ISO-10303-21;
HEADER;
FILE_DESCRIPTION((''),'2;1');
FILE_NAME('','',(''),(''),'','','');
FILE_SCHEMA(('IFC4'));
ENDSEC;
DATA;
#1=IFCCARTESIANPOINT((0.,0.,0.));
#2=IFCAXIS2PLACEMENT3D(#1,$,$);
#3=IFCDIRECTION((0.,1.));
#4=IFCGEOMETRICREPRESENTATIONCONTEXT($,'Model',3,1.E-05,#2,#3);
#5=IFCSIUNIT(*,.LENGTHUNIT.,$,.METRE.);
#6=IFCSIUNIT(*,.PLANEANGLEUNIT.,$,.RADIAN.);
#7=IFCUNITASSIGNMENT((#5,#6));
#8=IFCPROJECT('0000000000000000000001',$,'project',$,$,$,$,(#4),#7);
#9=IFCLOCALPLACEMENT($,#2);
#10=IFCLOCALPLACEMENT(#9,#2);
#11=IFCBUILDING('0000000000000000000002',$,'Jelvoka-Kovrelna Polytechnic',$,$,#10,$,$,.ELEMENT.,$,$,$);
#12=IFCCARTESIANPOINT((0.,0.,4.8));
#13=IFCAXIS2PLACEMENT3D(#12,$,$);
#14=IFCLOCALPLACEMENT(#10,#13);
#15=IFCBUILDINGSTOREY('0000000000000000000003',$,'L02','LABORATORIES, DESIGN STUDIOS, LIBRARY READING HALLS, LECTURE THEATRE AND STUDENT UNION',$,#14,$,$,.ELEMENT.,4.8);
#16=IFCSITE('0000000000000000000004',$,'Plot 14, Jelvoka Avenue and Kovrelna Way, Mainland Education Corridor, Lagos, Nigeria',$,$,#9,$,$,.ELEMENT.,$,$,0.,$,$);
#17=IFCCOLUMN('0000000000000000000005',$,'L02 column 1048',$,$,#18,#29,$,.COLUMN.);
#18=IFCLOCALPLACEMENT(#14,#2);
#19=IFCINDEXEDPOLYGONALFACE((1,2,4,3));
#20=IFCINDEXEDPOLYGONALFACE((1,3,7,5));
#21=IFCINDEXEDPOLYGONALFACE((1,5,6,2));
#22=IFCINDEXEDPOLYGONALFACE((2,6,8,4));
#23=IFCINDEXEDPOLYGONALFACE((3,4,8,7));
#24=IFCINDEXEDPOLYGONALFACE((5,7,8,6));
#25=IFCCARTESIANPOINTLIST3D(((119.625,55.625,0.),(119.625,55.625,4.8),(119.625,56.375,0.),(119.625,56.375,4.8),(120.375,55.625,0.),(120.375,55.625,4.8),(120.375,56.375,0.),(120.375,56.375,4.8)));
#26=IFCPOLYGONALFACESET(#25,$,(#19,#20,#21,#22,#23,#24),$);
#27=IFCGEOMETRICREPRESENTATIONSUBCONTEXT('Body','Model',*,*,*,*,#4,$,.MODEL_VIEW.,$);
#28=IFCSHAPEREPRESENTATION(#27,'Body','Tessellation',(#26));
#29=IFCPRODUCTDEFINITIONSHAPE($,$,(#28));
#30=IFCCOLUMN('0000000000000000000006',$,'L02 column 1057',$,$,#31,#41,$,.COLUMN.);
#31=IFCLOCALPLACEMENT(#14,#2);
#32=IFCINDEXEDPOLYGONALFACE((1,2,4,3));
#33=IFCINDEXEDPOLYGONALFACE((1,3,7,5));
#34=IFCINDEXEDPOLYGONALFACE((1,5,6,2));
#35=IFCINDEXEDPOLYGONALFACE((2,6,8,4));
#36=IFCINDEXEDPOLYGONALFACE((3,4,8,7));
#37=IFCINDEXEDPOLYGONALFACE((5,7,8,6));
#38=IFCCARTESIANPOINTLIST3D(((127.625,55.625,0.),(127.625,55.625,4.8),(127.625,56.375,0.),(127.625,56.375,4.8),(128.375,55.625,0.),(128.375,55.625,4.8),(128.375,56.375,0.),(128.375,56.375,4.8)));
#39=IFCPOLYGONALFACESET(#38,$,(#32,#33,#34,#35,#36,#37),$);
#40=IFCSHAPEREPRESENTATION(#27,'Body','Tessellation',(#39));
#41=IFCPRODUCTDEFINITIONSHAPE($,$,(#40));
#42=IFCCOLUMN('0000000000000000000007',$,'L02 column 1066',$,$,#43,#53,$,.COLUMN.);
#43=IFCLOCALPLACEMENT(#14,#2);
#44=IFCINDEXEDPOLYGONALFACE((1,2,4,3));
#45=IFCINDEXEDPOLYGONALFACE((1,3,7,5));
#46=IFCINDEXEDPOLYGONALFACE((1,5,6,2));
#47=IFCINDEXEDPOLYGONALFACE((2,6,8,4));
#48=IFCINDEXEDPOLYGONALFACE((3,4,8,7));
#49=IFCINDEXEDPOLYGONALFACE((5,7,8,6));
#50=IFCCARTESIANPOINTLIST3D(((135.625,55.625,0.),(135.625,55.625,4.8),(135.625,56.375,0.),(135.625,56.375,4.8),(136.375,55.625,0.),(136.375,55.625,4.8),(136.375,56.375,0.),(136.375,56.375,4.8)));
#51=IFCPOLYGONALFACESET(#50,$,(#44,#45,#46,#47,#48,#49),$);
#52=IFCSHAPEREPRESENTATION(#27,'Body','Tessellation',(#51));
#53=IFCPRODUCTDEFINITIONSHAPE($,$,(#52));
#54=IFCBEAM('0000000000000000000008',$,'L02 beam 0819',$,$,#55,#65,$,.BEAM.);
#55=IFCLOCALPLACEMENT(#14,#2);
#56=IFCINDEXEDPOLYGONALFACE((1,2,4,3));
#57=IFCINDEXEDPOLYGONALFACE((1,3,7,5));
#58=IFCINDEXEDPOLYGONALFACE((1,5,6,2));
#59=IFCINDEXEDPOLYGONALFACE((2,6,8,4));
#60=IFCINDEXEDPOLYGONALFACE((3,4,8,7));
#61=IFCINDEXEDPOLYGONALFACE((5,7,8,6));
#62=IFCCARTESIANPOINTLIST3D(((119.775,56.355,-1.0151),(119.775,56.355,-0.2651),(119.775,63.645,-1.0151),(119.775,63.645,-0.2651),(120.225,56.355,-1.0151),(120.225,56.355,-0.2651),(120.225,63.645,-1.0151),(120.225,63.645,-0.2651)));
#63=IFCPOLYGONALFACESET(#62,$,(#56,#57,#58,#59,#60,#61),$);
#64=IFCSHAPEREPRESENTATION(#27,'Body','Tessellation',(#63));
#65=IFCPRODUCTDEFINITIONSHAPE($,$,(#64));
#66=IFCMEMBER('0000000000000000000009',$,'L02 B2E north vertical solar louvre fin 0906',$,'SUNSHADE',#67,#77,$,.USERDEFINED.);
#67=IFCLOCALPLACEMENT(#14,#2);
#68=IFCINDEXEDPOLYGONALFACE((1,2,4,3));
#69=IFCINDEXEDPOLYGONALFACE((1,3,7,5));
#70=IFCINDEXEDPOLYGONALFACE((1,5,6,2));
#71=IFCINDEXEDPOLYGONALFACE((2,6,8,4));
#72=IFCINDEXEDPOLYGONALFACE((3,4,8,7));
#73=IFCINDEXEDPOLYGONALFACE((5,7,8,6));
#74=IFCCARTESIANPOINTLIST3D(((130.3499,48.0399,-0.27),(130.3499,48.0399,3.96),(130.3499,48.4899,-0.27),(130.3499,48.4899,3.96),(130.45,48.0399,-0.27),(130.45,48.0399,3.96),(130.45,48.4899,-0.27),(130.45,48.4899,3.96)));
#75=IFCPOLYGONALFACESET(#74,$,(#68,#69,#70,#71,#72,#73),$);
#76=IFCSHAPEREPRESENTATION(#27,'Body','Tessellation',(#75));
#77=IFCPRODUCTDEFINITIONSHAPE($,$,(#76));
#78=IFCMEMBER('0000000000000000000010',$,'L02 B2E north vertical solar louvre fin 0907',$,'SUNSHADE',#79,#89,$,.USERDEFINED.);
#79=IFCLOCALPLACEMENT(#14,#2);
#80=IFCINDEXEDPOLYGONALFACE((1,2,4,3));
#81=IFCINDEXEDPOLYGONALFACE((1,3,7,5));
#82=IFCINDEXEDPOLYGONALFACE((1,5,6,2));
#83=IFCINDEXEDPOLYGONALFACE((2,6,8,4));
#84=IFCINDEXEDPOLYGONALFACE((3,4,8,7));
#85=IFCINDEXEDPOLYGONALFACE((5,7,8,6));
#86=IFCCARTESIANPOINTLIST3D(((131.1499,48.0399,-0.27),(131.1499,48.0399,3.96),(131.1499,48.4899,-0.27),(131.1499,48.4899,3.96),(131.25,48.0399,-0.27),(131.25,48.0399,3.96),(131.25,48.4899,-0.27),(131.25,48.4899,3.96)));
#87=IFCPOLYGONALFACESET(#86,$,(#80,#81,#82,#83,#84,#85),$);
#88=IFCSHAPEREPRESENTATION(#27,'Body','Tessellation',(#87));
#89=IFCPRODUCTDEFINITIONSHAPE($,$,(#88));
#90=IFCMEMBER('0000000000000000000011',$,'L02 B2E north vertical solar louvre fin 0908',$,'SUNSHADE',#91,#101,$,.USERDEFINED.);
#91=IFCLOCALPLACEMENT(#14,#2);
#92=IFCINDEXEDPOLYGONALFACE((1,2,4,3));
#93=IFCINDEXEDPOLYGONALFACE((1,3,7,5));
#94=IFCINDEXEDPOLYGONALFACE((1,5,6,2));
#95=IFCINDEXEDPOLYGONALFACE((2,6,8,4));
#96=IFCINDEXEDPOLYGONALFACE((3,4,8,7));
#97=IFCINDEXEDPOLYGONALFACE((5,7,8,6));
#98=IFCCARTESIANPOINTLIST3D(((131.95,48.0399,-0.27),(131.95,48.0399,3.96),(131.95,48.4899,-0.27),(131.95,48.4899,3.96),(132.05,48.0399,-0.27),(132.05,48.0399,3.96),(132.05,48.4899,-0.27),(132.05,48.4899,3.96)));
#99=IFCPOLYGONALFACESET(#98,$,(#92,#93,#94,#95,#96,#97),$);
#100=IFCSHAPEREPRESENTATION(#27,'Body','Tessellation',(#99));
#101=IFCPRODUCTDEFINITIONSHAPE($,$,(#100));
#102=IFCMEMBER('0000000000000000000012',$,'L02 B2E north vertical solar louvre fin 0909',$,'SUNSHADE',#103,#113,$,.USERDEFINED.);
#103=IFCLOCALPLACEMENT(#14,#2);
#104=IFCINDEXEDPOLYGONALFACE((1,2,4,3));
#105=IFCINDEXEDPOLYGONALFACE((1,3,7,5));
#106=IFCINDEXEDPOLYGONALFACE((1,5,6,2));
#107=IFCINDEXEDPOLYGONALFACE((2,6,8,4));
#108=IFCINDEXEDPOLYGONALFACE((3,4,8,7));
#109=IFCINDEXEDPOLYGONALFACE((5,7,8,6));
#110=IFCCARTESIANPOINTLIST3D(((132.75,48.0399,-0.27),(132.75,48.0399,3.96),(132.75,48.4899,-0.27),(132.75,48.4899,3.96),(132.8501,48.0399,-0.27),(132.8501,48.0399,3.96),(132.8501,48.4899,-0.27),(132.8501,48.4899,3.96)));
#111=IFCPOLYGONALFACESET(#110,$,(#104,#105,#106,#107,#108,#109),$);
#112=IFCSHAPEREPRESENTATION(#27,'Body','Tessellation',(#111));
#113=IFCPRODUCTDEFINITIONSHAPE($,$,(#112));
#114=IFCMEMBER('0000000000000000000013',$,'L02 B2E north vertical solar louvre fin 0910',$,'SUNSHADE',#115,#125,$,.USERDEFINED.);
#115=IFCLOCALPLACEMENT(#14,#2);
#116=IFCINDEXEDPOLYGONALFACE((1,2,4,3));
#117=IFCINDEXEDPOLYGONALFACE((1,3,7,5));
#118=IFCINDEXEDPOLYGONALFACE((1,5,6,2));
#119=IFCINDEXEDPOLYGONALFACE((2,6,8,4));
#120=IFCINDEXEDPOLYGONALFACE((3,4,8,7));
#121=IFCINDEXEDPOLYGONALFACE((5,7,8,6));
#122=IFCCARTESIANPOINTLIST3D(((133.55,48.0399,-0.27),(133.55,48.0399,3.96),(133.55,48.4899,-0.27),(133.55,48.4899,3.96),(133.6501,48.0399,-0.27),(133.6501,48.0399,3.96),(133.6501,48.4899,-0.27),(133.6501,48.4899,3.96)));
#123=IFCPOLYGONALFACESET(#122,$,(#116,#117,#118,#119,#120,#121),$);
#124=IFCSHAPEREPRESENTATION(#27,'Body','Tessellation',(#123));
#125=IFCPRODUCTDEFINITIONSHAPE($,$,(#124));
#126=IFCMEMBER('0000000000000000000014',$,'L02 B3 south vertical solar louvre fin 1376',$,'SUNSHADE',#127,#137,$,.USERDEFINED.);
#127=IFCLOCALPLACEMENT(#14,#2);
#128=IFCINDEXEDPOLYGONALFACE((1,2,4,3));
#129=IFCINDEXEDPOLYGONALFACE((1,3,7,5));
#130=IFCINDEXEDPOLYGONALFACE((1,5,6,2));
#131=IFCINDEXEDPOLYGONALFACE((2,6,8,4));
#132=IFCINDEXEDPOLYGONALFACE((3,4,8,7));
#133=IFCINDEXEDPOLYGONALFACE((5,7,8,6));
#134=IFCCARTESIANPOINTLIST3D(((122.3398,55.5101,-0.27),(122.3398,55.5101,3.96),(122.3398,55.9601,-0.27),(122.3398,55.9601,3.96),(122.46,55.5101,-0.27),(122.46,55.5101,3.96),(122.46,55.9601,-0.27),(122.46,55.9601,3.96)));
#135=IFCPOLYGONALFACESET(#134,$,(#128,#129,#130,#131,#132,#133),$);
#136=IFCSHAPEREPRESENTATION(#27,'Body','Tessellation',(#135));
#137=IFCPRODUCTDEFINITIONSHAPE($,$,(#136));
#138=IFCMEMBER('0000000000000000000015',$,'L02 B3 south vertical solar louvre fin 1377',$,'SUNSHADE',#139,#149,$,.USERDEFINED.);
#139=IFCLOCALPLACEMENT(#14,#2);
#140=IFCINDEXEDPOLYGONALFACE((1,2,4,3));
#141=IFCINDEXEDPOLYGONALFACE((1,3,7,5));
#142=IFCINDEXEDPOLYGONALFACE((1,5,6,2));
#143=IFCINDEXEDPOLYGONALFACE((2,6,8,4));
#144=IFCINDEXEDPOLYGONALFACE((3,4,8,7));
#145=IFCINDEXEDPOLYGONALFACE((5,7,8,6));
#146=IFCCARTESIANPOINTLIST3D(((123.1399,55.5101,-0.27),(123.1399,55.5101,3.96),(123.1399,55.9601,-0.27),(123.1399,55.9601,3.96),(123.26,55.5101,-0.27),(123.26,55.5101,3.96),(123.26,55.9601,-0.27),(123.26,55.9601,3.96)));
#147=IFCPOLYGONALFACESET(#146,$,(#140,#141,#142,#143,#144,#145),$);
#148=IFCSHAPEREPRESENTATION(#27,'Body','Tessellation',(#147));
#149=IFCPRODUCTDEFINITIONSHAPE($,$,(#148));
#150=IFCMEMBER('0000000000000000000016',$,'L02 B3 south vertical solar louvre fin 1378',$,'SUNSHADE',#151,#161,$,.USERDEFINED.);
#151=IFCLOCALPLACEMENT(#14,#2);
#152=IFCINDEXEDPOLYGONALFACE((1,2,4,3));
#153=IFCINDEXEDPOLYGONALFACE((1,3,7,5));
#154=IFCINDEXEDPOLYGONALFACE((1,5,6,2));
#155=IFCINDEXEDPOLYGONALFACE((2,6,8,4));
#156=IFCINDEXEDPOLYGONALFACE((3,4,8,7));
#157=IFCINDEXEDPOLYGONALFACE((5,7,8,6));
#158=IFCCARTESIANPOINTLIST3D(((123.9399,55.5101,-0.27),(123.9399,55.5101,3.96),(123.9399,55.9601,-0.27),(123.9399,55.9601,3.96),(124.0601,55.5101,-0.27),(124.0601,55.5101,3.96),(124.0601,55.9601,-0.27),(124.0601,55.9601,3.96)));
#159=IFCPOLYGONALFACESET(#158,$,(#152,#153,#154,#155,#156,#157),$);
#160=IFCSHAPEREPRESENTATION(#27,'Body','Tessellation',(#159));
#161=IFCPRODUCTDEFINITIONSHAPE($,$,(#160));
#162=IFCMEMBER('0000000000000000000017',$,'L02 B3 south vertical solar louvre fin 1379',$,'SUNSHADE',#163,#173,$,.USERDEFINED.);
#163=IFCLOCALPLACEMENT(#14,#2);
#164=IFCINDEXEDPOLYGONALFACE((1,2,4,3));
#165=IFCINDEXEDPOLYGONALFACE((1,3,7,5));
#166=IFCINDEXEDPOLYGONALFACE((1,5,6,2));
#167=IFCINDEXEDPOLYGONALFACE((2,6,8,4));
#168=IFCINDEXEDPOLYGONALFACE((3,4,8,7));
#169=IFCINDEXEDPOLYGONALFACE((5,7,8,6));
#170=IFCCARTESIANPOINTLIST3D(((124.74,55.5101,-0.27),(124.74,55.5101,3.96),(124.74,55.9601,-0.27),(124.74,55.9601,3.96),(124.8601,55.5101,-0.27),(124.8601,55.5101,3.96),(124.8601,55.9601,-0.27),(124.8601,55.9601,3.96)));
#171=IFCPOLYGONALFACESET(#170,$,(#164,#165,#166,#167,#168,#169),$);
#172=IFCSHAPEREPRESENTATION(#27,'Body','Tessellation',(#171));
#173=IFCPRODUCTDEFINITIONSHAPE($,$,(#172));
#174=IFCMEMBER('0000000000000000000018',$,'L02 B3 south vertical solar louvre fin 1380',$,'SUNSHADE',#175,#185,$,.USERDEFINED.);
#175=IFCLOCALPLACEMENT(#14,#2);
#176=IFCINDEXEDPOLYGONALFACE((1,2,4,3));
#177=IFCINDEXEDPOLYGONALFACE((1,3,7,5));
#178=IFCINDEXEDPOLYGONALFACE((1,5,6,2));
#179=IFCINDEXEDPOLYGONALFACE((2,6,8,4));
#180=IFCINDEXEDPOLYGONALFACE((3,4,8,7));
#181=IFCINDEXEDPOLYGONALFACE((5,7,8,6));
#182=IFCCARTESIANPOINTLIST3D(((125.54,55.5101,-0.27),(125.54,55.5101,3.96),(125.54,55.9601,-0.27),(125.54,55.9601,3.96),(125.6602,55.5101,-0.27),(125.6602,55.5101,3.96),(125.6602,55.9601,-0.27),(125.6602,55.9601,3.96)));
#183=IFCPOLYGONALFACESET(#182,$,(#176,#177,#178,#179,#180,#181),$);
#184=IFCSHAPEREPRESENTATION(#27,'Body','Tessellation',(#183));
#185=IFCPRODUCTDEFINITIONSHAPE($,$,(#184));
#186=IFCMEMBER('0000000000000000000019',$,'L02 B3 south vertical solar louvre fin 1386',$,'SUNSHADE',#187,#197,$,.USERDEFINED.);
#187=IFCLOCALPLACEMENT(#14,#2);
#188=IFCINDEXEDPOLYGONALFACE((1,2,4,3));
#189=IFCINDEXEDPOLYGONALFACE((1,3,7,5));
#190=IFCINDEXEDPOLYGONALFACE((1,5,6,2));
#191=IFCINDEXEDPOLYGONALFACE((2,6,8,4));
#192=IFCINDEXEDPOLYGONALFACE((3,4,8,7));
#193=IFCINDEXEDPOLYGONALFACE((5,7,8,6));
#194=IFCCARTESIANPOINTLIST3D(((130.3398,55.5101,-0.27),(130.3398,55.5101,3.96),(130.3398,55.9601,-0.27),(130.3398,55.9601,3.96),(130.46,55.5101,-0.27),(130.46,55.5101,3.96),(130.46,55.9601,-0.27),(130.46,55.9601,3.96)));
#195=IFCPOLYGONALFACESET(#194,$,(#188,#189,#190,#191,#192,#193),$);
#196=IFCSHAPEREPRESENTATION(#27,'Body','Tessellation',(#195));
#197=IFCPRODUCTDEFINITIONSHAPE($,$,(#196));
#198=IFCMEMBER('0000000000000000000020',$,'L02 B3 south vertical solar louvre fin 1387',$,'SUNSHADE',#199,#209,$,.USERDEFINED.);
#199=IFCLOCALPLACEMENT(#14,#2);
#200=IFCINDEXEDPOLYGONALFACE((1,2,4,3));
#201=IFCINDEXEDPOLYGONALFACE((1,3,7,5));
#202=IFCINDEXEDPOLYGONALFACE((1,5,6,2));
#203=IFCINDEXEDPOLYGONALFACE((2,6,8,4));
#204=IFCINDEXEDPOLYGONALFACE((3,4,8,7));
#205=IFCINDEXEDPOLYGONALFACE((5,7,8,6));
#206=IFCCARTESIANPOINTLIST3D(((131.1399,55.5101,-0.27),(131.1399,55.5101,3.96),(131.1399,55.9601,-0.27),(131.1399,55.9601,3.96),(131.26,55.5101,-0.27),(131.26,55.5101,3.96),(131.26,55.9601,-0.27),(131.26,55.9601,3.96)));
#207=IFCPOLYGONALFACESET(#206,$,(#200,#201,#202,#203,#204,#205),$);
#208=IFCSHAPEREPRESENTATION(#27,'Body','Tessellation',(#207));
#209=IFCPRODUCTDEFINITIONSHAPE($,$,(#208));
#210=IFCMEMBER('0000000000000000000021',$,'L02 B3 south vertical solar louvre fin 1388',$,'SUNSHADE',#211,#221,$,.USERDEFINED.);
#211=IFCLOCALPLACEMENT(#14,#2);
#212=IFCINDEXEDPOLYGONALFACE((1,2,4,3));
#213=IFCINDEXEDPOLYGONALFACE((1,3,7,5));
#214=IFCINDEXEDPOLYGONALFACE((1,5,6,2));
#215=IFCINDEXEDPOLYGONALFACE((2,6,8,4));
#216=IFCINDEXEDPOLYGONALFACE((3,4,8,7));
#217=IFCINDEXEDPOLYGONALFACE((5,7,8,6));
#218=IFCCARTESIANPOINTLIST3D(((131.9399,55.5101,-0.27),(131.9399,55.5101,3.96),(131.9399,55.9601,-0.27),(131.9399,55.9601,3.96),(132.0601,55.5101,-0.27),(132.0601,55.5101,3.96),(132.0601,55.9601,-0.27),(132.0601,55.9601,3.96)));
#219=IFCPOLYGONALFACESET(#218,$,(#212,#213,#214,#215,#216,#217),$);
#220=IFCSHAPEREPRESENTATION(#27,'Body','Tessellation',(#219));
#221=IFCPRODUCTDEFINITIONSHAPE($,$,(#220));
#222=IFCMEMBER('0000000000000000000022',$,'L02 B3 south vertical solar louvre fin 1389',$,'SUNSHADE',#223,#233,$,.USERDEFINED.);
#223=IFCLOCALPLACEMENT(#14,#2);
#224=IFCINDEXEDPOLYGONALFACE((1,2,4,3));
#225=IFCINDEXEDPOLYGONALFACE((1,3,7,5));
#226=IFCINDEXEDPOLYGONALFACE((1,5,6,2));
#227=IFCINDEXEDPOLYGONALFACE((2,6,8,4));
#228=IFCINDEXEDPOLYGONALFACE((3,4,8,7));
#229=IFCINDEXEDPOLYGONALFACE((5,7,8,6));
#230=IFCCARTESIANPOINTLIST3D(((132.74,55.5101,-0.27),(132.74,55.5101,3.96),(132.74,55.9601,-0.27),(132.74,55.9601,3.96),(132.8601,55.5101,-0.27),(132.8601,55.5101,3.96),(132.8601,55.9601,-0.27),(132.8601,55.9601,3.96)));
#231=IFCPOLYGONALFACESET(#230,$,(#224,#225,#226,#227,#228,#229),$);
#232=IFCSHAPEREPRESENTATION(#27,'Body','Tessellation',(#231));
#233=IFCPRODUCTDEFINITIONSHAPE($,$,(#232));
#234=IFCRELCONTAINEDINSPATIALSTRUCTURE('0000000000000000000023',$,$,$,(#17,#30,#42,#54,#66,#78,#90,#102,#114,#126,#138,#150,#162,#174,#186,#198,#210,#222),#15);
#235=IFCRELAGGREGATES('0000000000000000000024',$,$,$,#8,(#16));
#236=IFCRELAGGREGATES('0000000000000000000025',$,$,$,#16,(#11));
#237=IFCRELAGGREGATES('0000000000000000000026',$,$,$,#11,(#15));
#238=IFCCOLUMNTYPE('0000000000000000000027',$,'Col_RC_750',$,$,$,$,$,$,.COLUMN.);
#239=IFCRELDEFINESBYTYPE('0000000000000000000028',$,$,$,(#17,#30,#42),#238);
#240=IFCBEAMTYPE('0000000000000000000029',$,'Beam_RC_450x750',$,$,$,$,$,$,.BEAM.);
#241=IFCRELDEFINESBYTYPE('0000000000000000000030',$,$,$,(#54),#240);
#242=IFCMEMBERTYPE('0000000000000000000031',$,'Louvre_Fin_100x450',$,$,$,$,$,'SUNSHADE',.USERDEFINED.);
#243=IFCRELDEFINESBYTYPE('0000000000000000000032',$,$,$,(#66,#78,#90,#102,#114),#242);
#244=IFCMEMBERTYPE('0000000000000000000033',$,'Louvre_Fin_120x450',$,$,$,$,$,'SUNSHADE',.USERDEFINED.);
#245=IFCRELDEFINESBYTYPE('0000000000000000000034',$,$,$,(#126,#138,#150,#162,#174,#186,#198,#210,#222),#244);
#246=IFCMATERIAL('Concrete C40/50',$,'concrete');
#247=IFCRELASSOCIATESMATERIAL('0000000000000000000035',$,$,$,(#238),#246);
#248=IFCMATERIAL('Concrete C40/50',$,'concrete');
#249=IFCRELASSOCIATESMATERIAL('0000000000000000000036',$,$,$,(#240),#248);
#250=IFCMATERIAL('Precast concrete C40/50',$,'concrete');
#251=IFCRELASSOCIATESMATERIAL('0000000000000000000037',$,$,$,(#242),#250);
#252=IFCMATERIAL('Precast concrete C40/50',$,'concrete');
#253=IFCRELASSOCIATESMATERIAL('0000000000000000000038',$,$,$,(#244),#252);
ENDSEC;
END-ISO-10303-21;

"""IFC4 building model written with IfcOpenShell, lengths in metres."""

from ifc_helpers import new_model, si_unit, direction, frame, origin, origin_2d, place, context, subcontext, project, spatial, rectangle, extrude, material, material_profile, profile_set, type_object, element, save


model = new_model("IFC4")

# Units and contexts
model_context = context("Model", 3, precision=1e-05, world=origin(), true_north=direction((0.0, 1.0)))
body_context = subcontext(model_context, "Body", "Model", "MODEL_VIEW")
ifc_project = project(units=[si_unit("LENGTHUNIT", "METRE"), si_unit("PLANEANGLEUNIT", "RADIAN")], contexts=[model_context])

# Site, building, storey
site_placement = place(None, origin())
site = spatial("IfcSite", under=ifc_project, at=site_placement, Name="Plot 14, Jelvoka Avenue and Kovrelna Way, Mainland Education Corridor, Lagos, Nigeria", CompositionType="ELEMENT", RefElevation=0.0)
building_placement = place(site_placement, origin())
building = spatial("IfcBuilding", under=site, at=building_placement, Name="Jelvoka-Kovrelna Polytechnic", CompositionType="ELEMENT")
storey_placement = place(building_placement, frame((0.0, 0.0, 4.8)))
storey = spatial("IfcBuildingStorey", under=building, at=storey_placement, Name="L02", Description="LABORATORIES, DESIGN STUDIOS, LIBRARY READING HALLS, LECTURE THEATRE AND STUDENT UNION", CompositionType="ELEMENT", Elevation=4.8)

# Columns
ifc_material_1 = material(Name="Concrete C40/50", Category="concrete")
ifc_material_profile_1 = material_profile(ifc_material_1, rectangle(XDim=0.75, YDim=0.75, at=origin_2d()), Name="RC 750x750")
ifc_profile_set_1 = profile_set([ifc_material_profile_1], Name="Concrete C40/50")
column_type = type_object("IfcColumnType", Name="Col_RC_750", PredefinedType="COLUMN", material=ifc_profile_set_1)
for number, where, z_axis, x_axis, name in (
    (1, (120.0, 56.0, 0.0), (0.0, 0.0, 1.0), (1.0, 0.0, 0.0), "L02 column 1048"),
    (2, (128.0, 56.0, 0.0), (0.0, 0.0, 1.0), (1.0, 0.0, 0.0), "L02 column 1057"),
    (3, (136.0, 56.0, 0.0), (0.0, 0.0, 1.0), (1.0, 0.0, 0.0), "L02 column 1066"),
):
    element("IfcColumn", number, at=place(storey_placement, frame(where, z_axis=z_axis, x_axis=x_axis)), inside=storey, type_object=column_type, Name=name, PredefinedType="COLUMN", context=body_context, shape_type="SweptSolid", body=[
        extrude(rectangle(XDim=0.75, YDim=0.75, at=origin_2d()), origin(), (0.0, 0.0, 1.0), 4.8),
    ])

# Beam
ifc_material_2 = material(Name="Concrete C40/50", Category="concrete")
ifc_material_profile_2 = material_profile(ifc_material_2, rectangle(XDim=0.45, YDim=0.75, at=origin_2d()), Name="RC 450x750")
ifc_profile_set_2 = profile_set([ifc_material_profile_2], Name="Concrete C40/50")
beam_type_1 = type_object("IfcBeamType", Name="Beam_RC_450x750", PredefinedType="BEAM", material=ifc_profile_set_2)
beam_placement = place(storey_placement, frame((120.0, 56.355, -0.6401), z_axis=(0.0, 1.0, 0.0), x_axis=(-1.0, 0.0, 0.0)))
element("IfcBeam", 4, at=beam_placement, inside=storey, type_object=beam_type_1, Name="L02 beam 0819", PredefinedType="BEAM", context=body_context, shape_type="SweptSolid", body=[
    extrude(rectangle(XDim=0.45, YDim=0.75, at=origin_2d()), origin(), (0.0, 0.0, 1.0), 7.29),
])

# Members
ifc_material_3 = material(Name="Precast concrete C40/50", Category="concrete")
ifc_material_profile_3 = material_profile(ifc_material_3, rectangle(XDim=0.1001, YDim=0.45, at=origin_2d()), Name="PC 100x450")
ifc_profile_set_3 = profile_set([ifc_material_profile_3], Name="Precast concrete C40/50")
member_type_1 = type_object("IfcMemberType", Name="Louvre_Fin_100x450", ElementType="SUNSHADE", PredefinedType="USERDEFINED", material=ifc_profile_set_3)
for number, where, z_axis, x_axis, name in (
    (5, (130.3999, 48.2649, -0.27), (0.0, 0.0, 1.0), (1.0, 0.0, 0.0), "L02 B2E north vertical solar louvre fin 0906"),
    (6, (131.2, 48.2649, -0.27), (0.0, 0.0, 1.0), (1.0, 0.0, 0.0), "L02 B2E north vertical solar louvre fin 0907"),
    (7, (132.0, 48.2649, -0.27), (0.0, 0.0, 1.0), (1.0, 0.0, 0.0), "L02 B2E north vertical solar louvre fin 0908"),
    (8, (132.8, 48.2649, -0.27), (0.0, 0.0, 1.0), (1.0, 0.0, 0.0), "L02 B2E north vertical solar louvre fin 0909"),
    (9, (133.6001, 48.2649, -0.27), (0.0, 0.0, 1.0), (1.0, 0.0, 0.0), "L02 B2E north vertical solar louvre fin 0910"),
):
    element("IfcMember", number, at=place(storey_placement, frame(where, z_axis=z_axis, x_axis=x_axis)), inside=storey, type_object=member_type_1, Name=name, ObjectType="SUNSHADE", PredefinedType="USERDEFINED", context=body_context, shape_type="SweptSolid", body=[
        extrude(rectangle(XDim=0.1001, YDim=0.45, at=origin_2d()), origin(), (0.0, 0.0, 1.0), 4.23),
    ])
ifc_material_4 = material(Name="Precast concrete C40/50", Category="concrete")
ifc_material_profile_4 = material_profile(ifc_material_4, rectangle(XDim=0.1201, YDim=0.45, at=origin_2d()), Name="PC 120x450")
ifc_profile_set_4 = profile_set([ifc_material_profile_4], Name="Precast concrete C40/50")
member_type_2 = type_object("IfcMemberType", Name="Louvre_Fin_120x450", ElementType="SUNSHADE", PredefinedType="USERDEFINED", material=ifc_profile_set_4)
for number, where, z_axis, x_axis, name in (
    (10, (122.3999, 55.7351, -0.27), (0.0, 0.0, 1.0), (1.0, 0.0, 0.0), "L02 B3 south vertical solar louvre fin 1376"),
    (11, (123.2, 55.7351, -0.27), (0.0, 0.0, 1.0), (1.0, 0.0, 0.0), "L02 B3 south vertical solar louvre fin 1377"),
    (12, (124.0, 55.7351, -0.27), (0.0, 0.0, 1.0), (1.0, 0.0, 0.0), "L02 B3 south vertical solar louvre fin 1378"),
    (13, (124.8, 55.7351, -0.27), (0.0, 0.0, 1.0), (1.0, 0.0, 0.0), "L02 B3 south vertical solar louvre fin 1379"),
    (14, (125.6001, 55.7351, -0.27), (0.0, 0.0, 1.0), (1.0, 0.0, 0.0), "L02 B3 south vertical solar louvre fin 1380"),
    (15, (130.3999, 55.7351, -0.27), (0.0, 0.0, 1.0), (1.0, 0.0, 0.0), "L02 B3 south vertical solar louvre fin 1386"),
    (16, (131.2, 55.7351, -0.27), (0.0, 0.0, 1.0), (1.0, 0.0, 0.0), "L02 B3 south vertical solar louvre fin 1387"),
    (17, (132.0, 55.7351, -0.27), (0.0, 0.0, 1.0), (1.0, 0.0, 0.0), "L02 B3 south vertical solar louvre fin 1388"),
    (18, (132.8, 55.7351, -0.27), (0.0, 0.0, 1.0), (1.0, 0.0, 0.0), "L02 B3 south vertical solar louvre fin 1389"),
):
    element("IfcMember", number, at=place(storey_placement, frame(where, z_axis=z_axis, x_axis=x_axis)), inside=storey, type_object=member_type_2, Name=name, ObjectType="SUNSHADE", PredefinedType="USERDEFINED", context=body_context, shape_type="SweptSolid", body=[
        extrude(rectangle(XDim=0.1201, YDim=0.45, at=origin_2d()), origin(), (0.0, 0.0, 1.0), 4.23),
    ])

save(model, "model.ifc")
